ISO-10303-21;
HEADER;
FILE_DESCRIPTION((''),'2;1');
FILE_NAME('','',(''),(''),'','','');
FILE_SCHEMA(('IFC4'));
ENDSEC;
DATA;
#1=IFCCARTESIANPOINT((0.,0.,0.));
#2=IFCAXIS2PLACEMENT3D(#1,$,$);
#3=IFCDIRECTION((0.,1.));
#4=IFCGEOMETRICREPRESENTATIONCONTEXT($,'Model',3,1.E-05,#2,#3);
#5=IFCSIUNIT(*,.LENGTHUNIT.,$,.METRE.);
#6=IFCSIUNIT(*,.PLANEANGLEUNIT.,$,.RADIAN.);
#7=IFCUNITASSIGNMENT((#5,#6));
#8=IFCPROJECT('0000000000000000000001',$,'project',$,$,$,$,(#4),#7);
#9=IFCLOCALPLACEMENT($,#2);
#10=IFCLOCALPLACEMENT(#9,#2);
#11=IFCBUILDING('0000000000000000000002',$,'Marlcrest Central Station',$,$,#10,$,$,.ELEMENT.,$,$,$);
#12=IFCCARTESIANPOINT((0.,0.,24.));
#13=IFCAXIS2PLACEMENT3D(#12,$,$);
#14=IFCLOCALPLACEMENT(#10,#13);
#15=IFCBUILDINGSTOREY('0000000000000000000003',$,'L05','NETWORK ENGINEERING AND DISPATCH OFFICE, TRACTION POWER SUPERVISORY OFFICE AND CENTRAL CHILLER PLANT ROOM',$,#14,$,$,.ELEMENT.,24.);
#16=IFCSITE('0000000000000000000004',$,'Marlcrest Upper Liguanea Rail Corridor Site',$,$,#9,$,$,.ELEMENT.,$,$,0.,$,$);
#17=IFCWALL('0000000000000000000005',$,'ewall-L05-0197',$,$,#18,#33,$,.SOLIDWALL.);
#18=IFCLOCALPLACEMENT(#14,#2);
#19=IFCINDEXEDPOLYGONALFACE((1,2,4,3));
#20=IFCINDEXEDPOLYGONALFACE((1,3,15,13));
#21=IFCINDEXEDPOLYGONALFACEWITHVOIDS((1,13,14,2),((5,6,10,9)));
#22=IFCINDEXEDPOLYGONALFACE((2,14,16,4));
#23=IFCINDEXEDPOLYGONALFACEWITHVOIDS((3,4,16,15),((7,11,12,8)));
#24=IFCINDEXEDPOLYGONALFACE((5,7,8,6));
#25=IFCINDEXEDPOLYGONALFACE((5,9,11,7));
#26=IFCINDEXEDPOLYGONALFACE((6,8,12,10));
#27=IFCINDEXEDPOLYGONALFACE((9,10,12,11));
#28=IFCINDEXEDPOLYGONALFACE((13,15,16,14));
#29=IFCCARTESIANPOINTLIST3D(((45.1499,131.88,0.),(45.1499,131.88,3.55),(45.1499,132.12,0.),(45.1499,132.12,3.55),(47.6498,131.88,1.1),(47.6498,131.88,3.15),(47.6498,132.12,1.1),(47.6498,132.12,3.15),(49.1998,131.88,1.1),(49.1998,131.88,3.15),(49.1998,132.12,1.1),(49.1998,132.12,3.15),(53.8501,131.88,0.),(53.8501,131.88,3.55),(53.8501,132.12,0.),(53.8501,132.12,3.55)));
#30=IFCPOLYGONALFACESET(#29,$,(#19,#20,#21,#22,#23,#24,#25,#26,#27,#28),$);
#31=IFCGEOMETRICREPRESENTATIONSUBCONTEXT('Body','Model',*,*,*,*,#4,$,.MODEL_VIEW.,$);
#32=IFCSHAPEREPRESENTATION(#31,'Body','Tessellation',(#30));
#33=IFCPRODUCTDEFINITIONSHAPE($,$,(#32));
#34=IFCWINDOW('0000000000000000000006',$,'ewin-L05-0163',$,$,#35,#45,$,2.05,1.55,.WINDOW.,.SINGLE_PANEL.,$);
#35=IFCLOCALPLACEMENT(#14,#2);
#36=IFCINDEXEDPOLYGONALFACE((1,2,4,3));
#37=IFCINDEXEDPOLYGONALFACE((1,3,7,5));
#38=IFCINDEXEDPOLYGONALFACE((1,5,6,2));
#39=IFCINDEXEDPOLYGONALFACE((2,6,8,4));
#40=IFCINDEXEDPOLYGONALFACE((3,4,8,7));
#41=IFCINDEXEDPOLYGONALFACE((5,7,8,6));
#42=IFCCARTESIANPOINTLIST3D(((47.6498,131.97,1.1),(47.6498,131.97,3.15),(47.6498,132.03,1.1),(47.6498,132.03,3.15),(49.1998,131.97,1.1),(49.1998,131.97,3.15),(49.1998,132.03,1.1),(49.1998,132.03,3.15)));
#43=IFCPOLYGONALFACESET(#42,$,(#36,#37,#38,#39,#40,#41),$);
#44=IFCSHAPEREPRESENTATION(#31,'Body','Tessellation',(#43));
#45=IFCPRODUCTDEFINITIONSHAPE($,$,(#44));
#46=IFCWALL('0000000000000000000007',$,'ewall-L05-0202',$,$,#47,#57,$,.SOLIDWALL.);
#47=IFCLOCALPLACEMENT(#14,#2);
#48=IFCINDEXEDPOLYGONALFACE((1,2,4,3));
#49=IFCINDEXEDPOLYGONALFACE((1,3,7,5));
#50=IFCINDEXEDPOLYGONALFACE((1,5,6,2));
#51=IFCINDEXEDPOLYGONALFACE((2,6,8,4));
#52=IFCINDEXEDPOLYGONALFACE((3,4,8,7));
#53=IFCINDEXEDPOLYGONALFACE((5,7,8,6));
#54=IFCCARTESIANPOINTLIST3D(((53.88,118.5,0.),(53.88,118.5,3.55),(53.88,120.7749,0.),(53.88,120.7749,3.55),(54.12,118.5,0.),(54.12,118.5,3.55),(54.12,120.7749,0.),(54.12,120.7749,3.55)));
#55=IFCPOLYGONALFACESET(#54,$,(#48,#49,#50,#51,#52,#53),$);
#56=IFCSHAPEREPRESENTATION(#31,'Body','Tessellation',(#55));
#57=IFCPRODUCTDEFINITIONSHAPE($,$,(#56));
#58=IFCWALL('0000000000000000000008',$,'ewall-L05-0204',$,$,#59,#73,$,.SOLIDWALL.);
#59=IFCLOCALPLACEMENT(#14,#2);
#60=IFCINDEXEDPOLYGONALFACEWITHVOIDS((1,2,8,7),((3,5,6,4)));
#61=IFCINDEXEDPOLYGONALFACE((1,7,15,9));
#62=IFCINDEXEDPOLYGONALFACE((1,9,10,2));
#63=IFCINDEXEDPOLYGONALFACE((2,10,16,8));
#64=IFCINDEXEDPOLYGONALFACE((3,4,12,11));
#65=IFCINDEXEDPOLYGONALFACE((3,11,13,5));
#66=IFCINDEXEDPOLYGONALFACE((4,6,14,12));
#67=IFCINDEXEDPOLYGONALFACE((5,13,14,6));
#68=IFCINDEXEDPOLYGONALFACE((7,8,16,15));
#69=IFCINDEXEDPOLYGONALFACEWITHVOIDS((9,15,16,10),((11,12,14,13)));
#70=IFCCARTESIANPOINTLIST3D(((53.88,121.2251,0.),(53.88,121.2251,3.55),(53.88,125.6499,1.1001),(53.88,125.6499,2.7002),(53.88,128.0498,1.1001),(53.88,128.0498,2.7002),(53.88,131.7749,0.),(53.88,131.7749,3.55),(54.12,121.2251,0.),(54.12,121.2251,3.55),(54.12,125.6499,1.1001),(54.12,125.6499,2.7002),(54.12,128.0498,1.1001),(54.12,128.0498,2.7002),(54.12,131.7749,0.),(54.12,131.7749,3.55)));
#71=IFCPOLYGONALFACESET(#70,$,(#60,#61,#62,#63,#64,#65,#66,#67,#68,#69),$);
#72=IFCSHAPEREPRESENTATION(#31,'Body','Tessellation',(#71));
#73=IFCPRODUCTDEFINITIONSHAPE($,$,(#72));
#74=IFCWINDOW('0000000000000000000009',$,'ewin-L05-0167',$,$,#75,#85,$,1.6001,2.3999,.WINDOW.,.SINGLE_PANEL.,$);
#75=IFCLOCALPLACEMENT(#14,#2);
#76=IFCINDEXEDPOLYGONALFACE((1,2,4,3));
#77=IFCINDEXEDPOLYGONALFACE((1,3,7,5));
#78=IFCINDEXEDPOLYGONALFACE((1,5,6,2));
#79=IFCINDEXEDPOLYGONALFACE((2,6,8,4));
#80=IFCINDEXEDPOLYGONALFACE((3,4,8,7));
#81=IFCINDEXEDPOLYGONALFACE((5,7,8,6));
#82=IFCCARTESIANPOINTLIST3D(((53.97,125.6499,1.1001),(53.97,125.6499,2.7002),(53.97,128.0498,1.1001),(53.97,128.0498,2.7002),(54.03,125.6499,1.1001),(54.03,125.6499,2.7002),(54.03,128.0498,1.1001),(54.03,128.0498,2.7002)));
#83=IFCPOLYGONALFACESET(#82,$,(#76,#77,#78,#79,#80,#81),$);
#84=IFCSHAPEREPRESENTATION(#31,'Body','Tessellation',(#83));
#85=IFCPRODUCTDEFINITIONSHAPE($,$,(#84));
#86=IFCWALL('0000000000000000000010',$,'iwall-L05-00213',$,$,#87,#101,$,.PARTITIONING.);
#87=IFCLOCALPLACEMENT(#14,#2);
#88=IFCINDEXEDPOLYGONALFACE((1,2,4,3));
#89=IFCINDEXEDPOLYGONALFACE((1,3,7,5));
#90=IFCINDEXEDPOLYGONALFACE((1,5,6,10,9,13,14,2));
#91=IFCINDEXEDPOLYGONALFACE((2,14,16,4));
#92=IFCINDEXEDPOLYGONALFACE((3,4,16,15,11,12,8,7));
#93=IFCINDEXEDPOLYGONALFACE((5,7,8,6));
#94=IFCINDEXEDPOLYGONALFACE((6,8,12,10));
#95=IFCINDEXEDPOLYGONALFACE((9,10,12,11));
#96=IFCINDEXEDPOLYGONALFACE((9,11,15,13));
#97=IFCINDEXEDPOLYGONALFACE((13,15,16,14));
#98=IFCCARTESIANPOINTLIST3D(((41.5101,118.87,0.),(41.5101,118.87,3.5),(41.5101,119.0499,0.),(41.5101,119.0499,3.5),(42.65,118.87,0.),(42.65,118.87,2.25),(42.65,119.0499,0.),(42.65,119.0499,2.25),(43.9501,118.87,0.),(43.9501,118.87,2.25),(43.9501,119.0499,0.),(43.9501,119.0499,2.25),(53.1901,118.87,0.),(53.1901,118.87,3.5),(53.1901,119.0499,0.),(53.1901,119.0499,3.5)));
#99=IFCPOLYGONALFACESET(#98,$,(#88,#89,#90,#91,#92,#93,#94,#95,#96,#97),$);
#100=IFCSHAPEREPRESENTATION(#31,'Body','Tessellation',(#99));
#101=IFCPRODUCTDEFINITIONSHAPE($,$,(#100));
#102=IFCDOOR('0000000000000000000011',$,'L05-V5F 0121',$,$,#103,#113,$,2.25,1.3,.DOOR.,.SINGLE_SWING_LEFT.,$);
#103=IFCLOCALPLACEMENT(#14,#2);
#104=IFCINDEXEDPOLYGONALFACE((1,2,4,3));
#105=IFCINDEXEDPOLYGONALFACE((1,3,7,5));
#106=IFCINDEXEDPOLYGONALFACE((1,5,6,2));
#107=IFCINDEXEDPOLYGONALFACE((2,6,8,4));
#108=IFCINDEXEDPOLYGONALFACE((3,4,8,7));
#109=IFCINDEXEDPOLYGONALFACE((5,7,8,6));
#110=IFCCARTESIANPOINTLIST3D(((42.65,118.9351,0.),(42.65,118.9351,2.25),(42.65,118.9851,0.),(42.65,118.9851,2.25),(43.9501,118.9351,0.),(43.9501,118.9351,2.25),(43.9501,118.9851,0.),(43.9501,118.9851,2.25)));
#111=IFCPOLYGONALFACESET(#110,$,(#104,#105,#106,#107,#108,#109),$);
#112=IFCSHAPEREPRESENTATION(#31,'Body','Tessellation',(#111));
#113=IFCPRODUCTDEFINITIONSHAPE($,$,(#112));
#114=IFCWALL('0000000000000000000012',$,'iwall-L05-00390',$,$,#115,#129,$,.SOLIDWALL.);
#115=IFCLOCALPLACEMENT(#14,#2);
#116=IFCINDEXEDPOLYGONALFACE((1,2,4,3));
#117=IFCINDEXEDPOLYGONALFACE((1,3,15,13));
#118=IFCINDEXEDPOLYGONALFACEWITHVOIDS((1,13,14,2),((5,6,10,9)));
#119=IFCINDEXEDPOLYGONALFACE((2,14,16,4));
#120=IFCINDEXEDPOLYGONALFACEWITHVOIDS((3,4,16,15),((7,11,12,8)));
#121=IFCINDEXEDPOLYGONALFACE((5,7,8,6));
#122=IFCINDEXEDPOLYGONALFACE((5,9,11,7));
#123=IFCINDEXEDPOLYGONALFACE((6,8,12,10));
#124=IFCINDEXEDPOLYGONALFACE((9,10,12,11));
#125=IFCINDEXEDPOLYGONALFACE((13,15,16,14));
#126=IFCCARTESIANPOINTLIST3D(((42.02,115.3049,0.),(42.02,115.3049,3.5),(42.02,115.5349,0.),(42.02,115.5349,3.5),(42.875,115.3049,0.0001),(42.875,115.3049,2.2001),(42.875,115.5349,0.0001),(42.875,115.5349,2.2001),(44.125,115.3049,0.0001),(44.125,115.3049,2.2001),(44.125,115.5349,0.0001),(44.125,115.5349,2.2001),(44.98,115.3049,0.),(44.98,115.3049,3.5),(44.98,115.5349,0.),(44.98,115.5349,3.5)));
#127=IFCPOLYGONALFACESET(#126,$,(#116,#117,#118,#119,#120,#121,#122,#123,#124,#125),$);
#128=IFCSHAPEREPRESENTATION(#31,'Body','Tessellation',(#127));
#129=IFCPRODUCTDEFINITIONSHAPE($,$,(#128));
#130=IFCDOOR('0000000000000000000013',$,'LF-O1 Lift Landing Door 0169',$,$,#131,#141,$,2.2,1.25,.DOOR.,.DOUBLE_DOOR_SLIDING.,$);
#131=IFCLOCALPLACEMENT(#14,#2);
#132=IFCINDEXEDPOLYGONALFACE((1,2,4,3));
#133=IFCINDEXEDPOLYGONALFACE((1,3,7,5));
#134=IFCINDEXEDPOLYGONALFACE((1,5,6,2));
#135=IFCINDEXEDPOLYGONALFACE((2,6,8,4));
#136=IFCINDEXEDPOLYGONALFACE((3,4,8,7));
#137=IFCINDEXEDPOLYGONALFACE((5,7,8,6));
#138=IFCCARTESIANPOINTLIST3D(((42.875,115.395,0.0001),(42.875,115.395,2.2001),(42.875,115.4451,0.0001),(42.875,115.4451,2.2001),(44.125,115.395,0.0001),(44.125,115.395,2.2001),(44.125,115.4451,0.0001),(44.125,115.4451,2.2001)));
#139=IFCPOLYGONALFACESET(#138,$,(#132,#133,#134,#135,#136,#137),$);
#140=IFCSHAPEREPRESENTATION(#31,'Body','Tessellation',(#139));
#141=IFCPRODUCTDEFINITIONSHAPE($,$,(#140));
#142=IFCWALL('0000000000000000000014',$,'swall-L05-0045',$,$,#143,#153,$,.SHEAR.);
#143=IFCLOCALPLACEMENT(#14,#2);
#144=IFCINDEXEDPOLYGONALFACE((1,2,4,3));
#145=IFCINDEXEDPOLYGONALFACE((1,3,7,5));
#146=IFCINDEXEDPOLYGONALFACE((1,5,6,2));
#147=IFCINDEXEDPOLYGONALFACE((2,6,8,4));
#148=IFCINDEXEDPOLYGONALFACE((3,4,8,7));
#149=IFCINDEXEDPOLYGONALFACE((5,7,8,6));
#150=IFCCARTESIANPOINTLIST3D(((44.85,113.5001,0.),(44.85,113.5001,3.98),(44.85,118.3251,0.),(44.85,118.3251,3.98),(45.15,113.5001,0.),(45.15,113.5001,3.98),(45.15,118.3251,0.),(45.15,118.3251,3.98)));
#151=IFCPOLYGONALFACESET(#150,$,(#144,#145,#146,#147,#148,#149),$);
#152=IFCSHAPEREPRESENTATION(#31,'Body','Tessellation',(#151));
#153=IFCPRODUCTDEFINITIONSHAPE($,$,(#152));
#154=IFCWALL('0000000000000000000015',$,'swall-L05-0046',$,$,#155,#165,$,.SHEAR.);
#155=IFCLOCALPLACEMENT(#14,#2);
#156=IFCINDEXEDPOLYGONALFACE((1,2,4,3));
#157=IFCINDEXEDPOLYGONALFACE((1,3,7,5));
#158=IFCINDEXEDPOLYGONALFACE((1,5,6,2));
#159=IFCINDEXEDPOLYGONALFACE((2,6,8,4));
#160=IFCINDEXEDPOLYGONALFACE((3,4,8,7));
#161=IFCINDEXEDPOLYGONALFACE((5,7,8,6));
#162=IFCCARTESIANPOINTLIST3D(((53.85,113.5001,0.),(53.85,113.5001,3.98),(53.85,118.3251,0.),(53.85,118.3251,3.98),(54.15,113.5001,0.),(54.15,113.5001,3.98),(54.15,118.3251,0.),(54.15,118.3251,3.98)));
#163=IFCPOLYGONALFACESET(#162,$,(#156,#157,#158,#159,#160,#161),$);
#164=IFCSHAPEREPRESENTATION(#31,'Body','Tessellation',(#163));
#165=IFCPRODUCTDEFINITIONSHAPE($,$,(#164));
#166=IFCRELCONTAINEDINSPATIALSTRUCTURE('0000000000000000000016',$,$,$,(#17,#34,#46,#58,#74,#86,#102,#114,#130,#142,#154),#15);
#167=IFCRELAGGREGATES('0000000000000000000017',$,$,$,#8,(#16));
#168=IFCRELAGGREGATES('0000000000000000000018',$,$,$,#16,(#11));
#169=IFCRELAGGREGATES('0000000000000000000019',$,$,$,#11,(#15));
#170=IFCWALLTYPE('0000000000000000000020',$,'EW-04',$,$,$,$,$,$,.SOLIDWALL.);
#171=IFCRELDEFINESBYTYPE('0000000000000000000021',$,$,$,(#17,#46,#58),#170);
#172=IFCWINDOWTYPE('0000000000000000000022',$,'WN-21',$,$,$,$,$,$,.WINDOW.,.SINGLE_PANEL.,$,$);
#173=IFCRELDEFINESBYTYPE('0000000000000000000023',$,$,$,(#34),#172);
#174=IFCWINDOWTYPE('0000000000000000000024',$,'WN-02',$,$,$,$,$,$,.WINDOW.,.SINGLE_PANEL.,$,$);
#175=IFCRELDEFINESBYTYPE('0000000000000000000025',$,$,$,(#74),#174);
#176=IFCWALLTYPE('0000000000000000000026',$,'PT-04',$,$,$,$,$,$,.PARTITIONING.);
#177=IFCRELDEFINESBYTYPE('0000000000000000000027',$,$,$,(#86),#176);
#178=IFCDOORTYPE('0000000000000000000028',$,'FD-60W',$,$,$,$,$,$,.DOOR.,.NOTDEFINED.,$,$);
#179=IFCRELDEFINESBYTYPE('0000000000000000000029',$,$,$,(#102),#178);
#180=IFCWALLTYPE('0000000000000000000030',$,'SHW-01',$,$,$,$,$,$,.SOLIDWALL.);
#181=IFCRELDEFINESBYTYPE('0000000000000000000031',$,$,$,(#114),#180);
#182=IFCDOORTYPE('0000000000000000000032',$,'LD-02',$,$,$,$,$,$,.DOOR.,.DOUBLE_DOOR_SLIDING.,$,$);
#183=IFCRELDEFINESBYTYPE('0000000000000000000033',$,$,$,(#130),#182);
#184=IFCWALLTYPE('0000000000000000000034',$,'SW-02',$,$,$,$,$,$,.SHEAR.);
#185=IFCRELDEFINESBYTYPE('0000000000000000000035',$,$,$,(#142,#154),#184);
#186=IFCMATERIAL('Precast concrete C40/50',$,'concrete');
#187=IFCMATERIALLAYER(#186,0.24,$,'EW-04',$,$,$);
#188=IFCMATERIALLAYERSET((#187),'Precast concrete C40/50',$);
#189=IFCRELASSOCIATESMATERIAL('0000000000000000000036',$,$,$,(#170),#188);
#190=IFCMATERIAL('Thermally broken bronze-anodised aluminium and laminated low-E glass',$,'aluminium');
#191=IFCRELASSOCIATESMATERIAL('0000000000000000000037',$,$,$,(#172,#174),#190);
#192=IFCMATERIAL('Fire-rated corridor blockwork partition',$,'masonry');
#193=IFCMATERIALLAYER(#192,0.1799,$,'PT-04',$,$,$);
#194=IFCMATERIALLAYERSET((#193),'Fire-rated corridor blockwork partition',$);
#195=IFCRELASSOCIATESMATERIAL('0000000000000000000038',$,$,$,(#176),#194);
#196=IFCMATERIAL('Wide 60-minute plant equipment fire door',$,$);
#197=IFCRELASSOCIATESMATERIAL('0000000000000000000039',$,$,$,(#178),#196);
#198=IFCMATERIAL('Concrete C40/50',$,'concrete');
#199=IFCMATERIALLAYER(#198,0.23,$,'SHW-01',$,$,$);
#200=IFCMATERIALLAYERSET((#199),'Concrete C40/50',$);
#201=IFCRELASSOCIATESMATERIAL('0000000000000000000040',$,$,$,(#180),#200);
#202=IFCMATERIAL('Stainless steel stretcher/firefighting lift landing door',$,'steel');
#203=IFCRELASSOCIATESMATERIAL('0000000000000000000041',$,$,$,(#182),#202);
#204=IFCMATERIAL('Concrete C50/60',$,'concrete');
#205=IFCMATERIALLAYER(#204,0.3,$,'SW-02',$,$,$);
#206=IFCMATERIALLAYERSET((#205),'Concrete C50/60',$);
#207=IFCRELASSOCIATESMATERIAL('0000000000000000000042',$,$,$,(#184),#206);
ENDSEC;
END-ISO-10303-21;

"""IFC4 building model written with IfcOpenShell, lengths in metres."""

from ifc_helpers import new_model, si_unit, direction, frame, frame_2d, origin, place, context, subcontext, project, spatial, rectangle, extrude, material, layer, layer_set, type_object, element, fill, save


model = new_model("IFC4")

# Units and contexts
model_context = context("Model", 3, precision=1e-05, world=origin(), true_north=direction((0.0, 1.0)))
body_context = subcontext(model_context, "Body", "Model", "MODEL_VIEW")
ifc_project = project(units=[si_unit("LENGTHUNIT", "METRE"), si_unit("PLANEANGLEUNIT", "RADIAN")], contexts=[model_context])

# Site, building, storey
site_placement = place(None, origin())
site = spatial("IfcSite", under=ifc_project, at=site_placement, Name="Marlcrest Upper Liguanea Rail Corridor Site", CompositionType="ELEMENT", RefElevation=0.0)
building_placement = place(site_placement, origin())
building = spatial("IfcBuilding", under=site, at=building_placement, Name="Marlcrest Central Station", CompositionType="ELEMENT")
storey_placement = place(building_placement, frame((0.0, 0.0, 24.0)))
storey = spatial("IfcBuildingStorey", under=building, at=storey_placement, Name="L05", Description="NETWORK ENGINEERING AND DISPATCH OFFICE, TRACTION POWER SUPERVISORY OFFICE AND CENTRAL CHILLER PLANT ROOM", CompositionType="ELEMENT", Elevation=24.0)

# Shared definitions
ifc_material_1 = material(Name="Concrete C40/50", Category="concrete")

# Wall, opening, window
ifc_material_2 = material(Name="Precast concrete C40/50", Category="concrete")
ifc_layer_1 = layer(ifc_material_2, 0.24, Name="EW-04")
ifc_layer_set_1 = layer_set([ifc_layer_1], Name="Precast concrete C40/50")
wall_type_1 = type_object("IfcWallType", Name="EW-04", PredefinedType="SOLIDWALL", material=ifc_layer_set_1)
wall_1_placement = place(storey_placement, frame((45.1499, 132.0, 0.0), z_axis=(0.0, 0.0, 1.0), x_axis=(1.0, 0.0, 0.0)))
wall_1 = element("IfcWall", 1, at=wall_1_placement, inside=storey, type_object=wall_type_1, Name="ewall-L05-0197", PredefinedType="SOLIDWALL", context=body_context, shape_type="SweptSolid", body=[
    extrude(rectangle(XDim=8.7002, YDim=0.24, at=frame_2d((4.3501, 0.0))), origin(), (0.0, 0.0, 1.0), 3.55),
])
opening_1_placement = place(wall_1_placement, frame((2.5, 0.0, 1.1001)))
opening_1 = element("IfcOpeningElement", 2, at=opening_1_placement, cuts=wall_1, PredefinedType="OPENING", context=body_context, shape_type="SweptSolid", body=[
    extrude(rectangle(XDim=1.55, YDim=2.05, at=frame_2d((0.7749, 1.0249))), frame((0.0, 0.1299, 0.0), z_axis=(0.0, -1.0, 0.0), x_axis=(1.0, 0.0, 0.0)), (0.0, 0.0, 1.0), 0.26),
])
ifc_material_3 = material(Name="Thermally broken bronze-anodised aluminium and laminated low-E glass", Category="aluminium")
window_type_1 = type_object("IfcWindowType", Name="WN-21", PartitioningType="SINGLE_PANEL", PredefinedType="WINDOW", material=ifc_material_3)
window_1_placement = place(opening_1_placement, origin())
window_1 = element("IfcWindow", 3, at=window_1_placement, inside=storey, type_object=window_type_1, Name="ewin-L05-0163", OverallHeight=2.05, OverallWidth=1.55, PartitioningType="SINGLE_PANEL", PredefinedType="WINDOW", context=body_context, shape_type="SweptSolid", body=[
    extrude(rectangle(XDim=1.55, YDim=2.05, at=frame_2d((0.7749, 1.0249))), frame((0.0, 0.03, 0.0), z_axis=(0.0, -1.0, 0.0), x_axis=(1.0, 0.0, 0.0)), (0.0, 0.0, 1.0), 0.0601),
])
fill(opening_1, window_1)

# Wall
wall_2_placement = place(storey_placement, frame((54.0, 120.7749, 0.0), z_axis=(0.0, 0.0, 1.0), x_axis=(0.0, -1.0, 0.0)))
element("IfcWall", 4, at=wall_2_placement, inside=storey, type_object=wall_type_1, Name="ewall-L05-0202", PredefinedType="SOLIDWALL", context=body_context, shape_type="SweptSolid", body=[
    extrude(rectangle(XDim=2.2749, YDim=0.24, at=frame_2d((1.1375, 0.0))), origin(), (0.0, 0.0, 1.0), 3.55),
])

# Wall, opening, window
wall_3_placement = place(storey_placement, frame((54.0, 131.7749, 0.0), z_axis=(0.0, 0.0, 1.0), x_axis=(0.0, -1.0, 0.0)))
wall_3 = element("IfcWall", 5, at=wall_3_placement, inside=storey, type_object=wall_type_1, Name="ewall-L05-0204", PredefinedType="SOLIDWALL", context=body_context, shape_type="SweptSolid", body=[
    extrude(rectangle(XDim=10.5498, YDim=0.24, at=frame_2d((5.2749, 0.0))), origin(), (0.0, 0.0, 1.0), 3.55),
])
opening_2_placement = place(wall_3_placement, frame((3.7251, 0.0, 1.1001)))
opening_2 = element("IfcOpeningElement", 6, at=opening_2_placement, cuts=wall_3, PredefinedType="OPENING", context=body_context, shape_type="SweptSolid", body=[
    extrude(rectangle(XDim=2.3999, YDim=1.6001, at=frame_2d((1.2, 0.8))), frame((0.0, 0.1299, 0.0), z_axis=(0.0, -1.0, 0.0), x_axis=(1.0, 0.0, 0.0)), (0.0, 0.0, 1.0), 0.26),
])
window_type_2 = type_object("IfcWindowType", Name="WN-02", PartitioningType="SINGLE_PANEL", PredefinedType="WINDOW", material=ifc_material_3)
window_2_placement = place(opening_2_placement, origin())
window_2 = element("IfcWindow", 7, at=window_2_placement, inside=storey, type_object=window_type_2, Name="ewin-L05-0167", OverallHeight=1.6001, OverallWidth=2.3999, PartitioningType="SINGLE_PANEL", PredefinedType="WINDOW", context=body_context, shape_type="SweptSolid", body=[
    extrude(rectangle(XDim=2.3999, YDim=1.6001, at=frame_2d((1.2, 0.8))), frame((0.0, 0.03, 0.0), z_axis=(0.0, -1.0, 0.0), x_axis=(1.0, 0.0, 0.0)), (0.0, 0.0, 1.0), 0.0601),
])
fill(opening_2, window_2)

# Walls, openings, doors
ifc_material_4 = material(Name="Fire-rated corridor blockwork partition", Category="masonry")
ifc_layer_2 = layer(ifc_material_4, 0.1799, Name="PT-04")
ifc_layer_set_2 = layer_set([ifc_layer_2], Name="Fire-rated corridor blockwork partition")
wall_type_2 = type_object("IfcWallType", Name="PT-04", PredefinedType="PARTITIONING", material=ifc_layer_set_2)
wall_4_placement = place(storey_placement, frame((53.1899, 118.96, 0.0), z_axis=(0.0, 0.0, 1.0), x_axis=(-1.0, 0.0, 0.0)))
wall_4 = element("IfcWall", 8, at=wall_4_placement, inside=storey, type_object=wall_type_2, Name="iwall-L05-00213", PredefinedType="PARTITIONING", context=body_context, shape_type="SweptSolid", body=[
    extrude(rectangle(XDim=11.6799, YDim=0.1799, at=frame_2d((5.8398, 0.0))), origin(), (0.0, 0.0, 1.0), 3.5),
])
opening_3_placement = place(wall_4_placement, frame((9.24, 0.0, 0.0)))
opening_3 = element("IfcOpeningElement", 9, at=opening_3_placement, cuts=wall_4, PredefinedType="OPENING", context=body_context, shape_type="SweptSolid", body=[
    extrude(rectangle(XDim=1.3, YDim=2.25, at=frame_2d((0.6499, 1.125))), frame((0.0, 0.0999, 0.0), z_axis=(0.0, -1.0, 0.0), x_axis=(1.0, 0.0, 0.0)), (0.0, 0.0, 1.0), 0.2),
])
ifc_material_5 = material(Name="Wide 60-minute plant equipment fire door")
door_type_1 = type_object("IfcDoorType", Name="FD-60W", OperationType="NOTDEFINED", PredefinedType="DOOR", material=ifc_material_5)
door_1_placement = place(opening_3_placement, origin())
door_1 = element("IfcDoor", 10, at=door_1_placement, inside=storey, type_object=door_type_1, Name="L05-V5F 0121", OperationType="SINGLE_SWING_LEFT", OverallHeight=2.25, OverallWidth=1.3, PredefinedType="DOOR", context=body_context, shape_type="SweptSolid", body=[
    extrude(rectangle(XDim=1.3, YDim=2.25, at=frame_2d((0.6499, 1.125))), frame((0.0, 0.0249, 0.0), z_axis=(0.0, -1.0, 0.0), x_axis=(1.0, 0.0, 0.0)), (0.0, 0.0, 1.0), 0.05),
])
fill(opening_3, door_1)
ifc_layer_3 = layer(ifc_material_1, 0.23, Name="SHW-01")
ifc_layer_set_3 = layer_set([ifc_layer_3], Name="Concrete C40/50")
wall_type_3 = type_object("IfcWallType", Name="SHW-01", PredefinedType="SOLIDWALL", material=ifc_layer_set_3)
wall_5_placement = place(storey_placement, frame((44.98, 115.4199, 0.0), z_axis=(0.0, 0.0, 1.0), x_axis=(-1.0, 0.0, 0.0)))
wall_5 = element("IfcWall", 11, at=wall_5_placement, inside=storey, type_object=wall_type_3, Name="iwall-L05-00390", PredefinedType="SOLIDWALL", context=body_context, shape_type="SweptSolid", body=[
    extrude(rectangle(XDim=2.96, YDim=0.23, at=frame_2d((1.48, 0.0))), origin(), (0.0, 0.0, 1.0), 3.5),
])
opening_4_placement = place(wall_5_placement, frame((0.855, 0.0, 0.0)))
opening_4 = element("IfcOpeningElement", 12, at=opening_4_placement, cuts=wall_5, PredefinedType="OPENING", context=body_context, shape_type="SweptSolid", body=[
    extrude(rectangle(XDim=1.25, YDim=2.2, at=frame_2d((0.625, 1.1001))), frame((0.0, 0.125, 0.0), z_axis=(0.0, -1.0, 0.0), x_axis=(1.0, 0.0, 0.0)), (0.0, 0.0, 1.0), 0.25),
])
ifc_material_6 = material(Name="Stainless steel stretcher/firefighting lift landing door", Category="steel")
door_type_2 = type_object("IfcDoorType", Name="LD-02", OperationType="DOUBLE_DOOR_SLIDING", PredefinedType="DOOR", material=ifc_material_6)
door_2_placement = place(opening_4_placement, origin())
door_2 = element("IfcDoor", 13, at=door_2_placement, inside=storey, type_object=door_type_2, Name="LF-O1 Lift Landing Door 0169", OperationType="DOUBLE_DOOR_SLIDING", OverallHeight=2.2, OverallWidth=1.25, PredefinedType="DOOR", context=body_context, shape_type="SweptSolid", body=[
    extrude(rectangle(XDim=1.25, YDim=2.2, at=frame_2d((0.625, 1.1001))), frame((0.0, 0.0249, 0.0), z_axis=(0.0, -1.0, 0.0), x_axis=(1.0, 0.0, 0.0)), (0.0, 0.0, 1.0), 0.05),
])
fill(opening_4, door_2)

# Walls
ifc_material_7 = material(Name="Concrete C50/60", Category="concrete")
ifc_layer_4 = layer(ifc_material_7, 0.3, Name="SW-02")
ifc_layer_set_4 = layer_set([ifc_layer_4], Name="Concrete C50/60")
wall_type_4 = type_object("IfcWallType", Name="SW-02", PredefinedType="SHEAR", material=ifc_layer_set_4)
for number, where, z_axis, x_axis, name in (
    (14, (45.0, 113.5, 0.0), (0.0, 0.0, 1.0), (0.0, 1.0, 0.0), "swall-L05-0045"),
    (15, (54.0, 113.5, 0.0), (0.0, 0.0, 1.0), (0.0, 1.0, 0.0), "swall-L05-0046"),
):
    element("IfcWall", number, at=place(storey_placement, frame(where, z_axis=z_axis, x_axis=x_axis)), inside=storey, type_object=wall_type_4, Name=name, PredefinedType="SHEAR", context=body_context, shape_type="SweptSolid", body=[
        extrude(rectangle(XDim=4.825, YDim=0.3, at=frame_2d((2.4126, 0.0))), origin(), (0.0, 0.0, 1.0), 3.98),
    ])

save(model, "model.ifc")
